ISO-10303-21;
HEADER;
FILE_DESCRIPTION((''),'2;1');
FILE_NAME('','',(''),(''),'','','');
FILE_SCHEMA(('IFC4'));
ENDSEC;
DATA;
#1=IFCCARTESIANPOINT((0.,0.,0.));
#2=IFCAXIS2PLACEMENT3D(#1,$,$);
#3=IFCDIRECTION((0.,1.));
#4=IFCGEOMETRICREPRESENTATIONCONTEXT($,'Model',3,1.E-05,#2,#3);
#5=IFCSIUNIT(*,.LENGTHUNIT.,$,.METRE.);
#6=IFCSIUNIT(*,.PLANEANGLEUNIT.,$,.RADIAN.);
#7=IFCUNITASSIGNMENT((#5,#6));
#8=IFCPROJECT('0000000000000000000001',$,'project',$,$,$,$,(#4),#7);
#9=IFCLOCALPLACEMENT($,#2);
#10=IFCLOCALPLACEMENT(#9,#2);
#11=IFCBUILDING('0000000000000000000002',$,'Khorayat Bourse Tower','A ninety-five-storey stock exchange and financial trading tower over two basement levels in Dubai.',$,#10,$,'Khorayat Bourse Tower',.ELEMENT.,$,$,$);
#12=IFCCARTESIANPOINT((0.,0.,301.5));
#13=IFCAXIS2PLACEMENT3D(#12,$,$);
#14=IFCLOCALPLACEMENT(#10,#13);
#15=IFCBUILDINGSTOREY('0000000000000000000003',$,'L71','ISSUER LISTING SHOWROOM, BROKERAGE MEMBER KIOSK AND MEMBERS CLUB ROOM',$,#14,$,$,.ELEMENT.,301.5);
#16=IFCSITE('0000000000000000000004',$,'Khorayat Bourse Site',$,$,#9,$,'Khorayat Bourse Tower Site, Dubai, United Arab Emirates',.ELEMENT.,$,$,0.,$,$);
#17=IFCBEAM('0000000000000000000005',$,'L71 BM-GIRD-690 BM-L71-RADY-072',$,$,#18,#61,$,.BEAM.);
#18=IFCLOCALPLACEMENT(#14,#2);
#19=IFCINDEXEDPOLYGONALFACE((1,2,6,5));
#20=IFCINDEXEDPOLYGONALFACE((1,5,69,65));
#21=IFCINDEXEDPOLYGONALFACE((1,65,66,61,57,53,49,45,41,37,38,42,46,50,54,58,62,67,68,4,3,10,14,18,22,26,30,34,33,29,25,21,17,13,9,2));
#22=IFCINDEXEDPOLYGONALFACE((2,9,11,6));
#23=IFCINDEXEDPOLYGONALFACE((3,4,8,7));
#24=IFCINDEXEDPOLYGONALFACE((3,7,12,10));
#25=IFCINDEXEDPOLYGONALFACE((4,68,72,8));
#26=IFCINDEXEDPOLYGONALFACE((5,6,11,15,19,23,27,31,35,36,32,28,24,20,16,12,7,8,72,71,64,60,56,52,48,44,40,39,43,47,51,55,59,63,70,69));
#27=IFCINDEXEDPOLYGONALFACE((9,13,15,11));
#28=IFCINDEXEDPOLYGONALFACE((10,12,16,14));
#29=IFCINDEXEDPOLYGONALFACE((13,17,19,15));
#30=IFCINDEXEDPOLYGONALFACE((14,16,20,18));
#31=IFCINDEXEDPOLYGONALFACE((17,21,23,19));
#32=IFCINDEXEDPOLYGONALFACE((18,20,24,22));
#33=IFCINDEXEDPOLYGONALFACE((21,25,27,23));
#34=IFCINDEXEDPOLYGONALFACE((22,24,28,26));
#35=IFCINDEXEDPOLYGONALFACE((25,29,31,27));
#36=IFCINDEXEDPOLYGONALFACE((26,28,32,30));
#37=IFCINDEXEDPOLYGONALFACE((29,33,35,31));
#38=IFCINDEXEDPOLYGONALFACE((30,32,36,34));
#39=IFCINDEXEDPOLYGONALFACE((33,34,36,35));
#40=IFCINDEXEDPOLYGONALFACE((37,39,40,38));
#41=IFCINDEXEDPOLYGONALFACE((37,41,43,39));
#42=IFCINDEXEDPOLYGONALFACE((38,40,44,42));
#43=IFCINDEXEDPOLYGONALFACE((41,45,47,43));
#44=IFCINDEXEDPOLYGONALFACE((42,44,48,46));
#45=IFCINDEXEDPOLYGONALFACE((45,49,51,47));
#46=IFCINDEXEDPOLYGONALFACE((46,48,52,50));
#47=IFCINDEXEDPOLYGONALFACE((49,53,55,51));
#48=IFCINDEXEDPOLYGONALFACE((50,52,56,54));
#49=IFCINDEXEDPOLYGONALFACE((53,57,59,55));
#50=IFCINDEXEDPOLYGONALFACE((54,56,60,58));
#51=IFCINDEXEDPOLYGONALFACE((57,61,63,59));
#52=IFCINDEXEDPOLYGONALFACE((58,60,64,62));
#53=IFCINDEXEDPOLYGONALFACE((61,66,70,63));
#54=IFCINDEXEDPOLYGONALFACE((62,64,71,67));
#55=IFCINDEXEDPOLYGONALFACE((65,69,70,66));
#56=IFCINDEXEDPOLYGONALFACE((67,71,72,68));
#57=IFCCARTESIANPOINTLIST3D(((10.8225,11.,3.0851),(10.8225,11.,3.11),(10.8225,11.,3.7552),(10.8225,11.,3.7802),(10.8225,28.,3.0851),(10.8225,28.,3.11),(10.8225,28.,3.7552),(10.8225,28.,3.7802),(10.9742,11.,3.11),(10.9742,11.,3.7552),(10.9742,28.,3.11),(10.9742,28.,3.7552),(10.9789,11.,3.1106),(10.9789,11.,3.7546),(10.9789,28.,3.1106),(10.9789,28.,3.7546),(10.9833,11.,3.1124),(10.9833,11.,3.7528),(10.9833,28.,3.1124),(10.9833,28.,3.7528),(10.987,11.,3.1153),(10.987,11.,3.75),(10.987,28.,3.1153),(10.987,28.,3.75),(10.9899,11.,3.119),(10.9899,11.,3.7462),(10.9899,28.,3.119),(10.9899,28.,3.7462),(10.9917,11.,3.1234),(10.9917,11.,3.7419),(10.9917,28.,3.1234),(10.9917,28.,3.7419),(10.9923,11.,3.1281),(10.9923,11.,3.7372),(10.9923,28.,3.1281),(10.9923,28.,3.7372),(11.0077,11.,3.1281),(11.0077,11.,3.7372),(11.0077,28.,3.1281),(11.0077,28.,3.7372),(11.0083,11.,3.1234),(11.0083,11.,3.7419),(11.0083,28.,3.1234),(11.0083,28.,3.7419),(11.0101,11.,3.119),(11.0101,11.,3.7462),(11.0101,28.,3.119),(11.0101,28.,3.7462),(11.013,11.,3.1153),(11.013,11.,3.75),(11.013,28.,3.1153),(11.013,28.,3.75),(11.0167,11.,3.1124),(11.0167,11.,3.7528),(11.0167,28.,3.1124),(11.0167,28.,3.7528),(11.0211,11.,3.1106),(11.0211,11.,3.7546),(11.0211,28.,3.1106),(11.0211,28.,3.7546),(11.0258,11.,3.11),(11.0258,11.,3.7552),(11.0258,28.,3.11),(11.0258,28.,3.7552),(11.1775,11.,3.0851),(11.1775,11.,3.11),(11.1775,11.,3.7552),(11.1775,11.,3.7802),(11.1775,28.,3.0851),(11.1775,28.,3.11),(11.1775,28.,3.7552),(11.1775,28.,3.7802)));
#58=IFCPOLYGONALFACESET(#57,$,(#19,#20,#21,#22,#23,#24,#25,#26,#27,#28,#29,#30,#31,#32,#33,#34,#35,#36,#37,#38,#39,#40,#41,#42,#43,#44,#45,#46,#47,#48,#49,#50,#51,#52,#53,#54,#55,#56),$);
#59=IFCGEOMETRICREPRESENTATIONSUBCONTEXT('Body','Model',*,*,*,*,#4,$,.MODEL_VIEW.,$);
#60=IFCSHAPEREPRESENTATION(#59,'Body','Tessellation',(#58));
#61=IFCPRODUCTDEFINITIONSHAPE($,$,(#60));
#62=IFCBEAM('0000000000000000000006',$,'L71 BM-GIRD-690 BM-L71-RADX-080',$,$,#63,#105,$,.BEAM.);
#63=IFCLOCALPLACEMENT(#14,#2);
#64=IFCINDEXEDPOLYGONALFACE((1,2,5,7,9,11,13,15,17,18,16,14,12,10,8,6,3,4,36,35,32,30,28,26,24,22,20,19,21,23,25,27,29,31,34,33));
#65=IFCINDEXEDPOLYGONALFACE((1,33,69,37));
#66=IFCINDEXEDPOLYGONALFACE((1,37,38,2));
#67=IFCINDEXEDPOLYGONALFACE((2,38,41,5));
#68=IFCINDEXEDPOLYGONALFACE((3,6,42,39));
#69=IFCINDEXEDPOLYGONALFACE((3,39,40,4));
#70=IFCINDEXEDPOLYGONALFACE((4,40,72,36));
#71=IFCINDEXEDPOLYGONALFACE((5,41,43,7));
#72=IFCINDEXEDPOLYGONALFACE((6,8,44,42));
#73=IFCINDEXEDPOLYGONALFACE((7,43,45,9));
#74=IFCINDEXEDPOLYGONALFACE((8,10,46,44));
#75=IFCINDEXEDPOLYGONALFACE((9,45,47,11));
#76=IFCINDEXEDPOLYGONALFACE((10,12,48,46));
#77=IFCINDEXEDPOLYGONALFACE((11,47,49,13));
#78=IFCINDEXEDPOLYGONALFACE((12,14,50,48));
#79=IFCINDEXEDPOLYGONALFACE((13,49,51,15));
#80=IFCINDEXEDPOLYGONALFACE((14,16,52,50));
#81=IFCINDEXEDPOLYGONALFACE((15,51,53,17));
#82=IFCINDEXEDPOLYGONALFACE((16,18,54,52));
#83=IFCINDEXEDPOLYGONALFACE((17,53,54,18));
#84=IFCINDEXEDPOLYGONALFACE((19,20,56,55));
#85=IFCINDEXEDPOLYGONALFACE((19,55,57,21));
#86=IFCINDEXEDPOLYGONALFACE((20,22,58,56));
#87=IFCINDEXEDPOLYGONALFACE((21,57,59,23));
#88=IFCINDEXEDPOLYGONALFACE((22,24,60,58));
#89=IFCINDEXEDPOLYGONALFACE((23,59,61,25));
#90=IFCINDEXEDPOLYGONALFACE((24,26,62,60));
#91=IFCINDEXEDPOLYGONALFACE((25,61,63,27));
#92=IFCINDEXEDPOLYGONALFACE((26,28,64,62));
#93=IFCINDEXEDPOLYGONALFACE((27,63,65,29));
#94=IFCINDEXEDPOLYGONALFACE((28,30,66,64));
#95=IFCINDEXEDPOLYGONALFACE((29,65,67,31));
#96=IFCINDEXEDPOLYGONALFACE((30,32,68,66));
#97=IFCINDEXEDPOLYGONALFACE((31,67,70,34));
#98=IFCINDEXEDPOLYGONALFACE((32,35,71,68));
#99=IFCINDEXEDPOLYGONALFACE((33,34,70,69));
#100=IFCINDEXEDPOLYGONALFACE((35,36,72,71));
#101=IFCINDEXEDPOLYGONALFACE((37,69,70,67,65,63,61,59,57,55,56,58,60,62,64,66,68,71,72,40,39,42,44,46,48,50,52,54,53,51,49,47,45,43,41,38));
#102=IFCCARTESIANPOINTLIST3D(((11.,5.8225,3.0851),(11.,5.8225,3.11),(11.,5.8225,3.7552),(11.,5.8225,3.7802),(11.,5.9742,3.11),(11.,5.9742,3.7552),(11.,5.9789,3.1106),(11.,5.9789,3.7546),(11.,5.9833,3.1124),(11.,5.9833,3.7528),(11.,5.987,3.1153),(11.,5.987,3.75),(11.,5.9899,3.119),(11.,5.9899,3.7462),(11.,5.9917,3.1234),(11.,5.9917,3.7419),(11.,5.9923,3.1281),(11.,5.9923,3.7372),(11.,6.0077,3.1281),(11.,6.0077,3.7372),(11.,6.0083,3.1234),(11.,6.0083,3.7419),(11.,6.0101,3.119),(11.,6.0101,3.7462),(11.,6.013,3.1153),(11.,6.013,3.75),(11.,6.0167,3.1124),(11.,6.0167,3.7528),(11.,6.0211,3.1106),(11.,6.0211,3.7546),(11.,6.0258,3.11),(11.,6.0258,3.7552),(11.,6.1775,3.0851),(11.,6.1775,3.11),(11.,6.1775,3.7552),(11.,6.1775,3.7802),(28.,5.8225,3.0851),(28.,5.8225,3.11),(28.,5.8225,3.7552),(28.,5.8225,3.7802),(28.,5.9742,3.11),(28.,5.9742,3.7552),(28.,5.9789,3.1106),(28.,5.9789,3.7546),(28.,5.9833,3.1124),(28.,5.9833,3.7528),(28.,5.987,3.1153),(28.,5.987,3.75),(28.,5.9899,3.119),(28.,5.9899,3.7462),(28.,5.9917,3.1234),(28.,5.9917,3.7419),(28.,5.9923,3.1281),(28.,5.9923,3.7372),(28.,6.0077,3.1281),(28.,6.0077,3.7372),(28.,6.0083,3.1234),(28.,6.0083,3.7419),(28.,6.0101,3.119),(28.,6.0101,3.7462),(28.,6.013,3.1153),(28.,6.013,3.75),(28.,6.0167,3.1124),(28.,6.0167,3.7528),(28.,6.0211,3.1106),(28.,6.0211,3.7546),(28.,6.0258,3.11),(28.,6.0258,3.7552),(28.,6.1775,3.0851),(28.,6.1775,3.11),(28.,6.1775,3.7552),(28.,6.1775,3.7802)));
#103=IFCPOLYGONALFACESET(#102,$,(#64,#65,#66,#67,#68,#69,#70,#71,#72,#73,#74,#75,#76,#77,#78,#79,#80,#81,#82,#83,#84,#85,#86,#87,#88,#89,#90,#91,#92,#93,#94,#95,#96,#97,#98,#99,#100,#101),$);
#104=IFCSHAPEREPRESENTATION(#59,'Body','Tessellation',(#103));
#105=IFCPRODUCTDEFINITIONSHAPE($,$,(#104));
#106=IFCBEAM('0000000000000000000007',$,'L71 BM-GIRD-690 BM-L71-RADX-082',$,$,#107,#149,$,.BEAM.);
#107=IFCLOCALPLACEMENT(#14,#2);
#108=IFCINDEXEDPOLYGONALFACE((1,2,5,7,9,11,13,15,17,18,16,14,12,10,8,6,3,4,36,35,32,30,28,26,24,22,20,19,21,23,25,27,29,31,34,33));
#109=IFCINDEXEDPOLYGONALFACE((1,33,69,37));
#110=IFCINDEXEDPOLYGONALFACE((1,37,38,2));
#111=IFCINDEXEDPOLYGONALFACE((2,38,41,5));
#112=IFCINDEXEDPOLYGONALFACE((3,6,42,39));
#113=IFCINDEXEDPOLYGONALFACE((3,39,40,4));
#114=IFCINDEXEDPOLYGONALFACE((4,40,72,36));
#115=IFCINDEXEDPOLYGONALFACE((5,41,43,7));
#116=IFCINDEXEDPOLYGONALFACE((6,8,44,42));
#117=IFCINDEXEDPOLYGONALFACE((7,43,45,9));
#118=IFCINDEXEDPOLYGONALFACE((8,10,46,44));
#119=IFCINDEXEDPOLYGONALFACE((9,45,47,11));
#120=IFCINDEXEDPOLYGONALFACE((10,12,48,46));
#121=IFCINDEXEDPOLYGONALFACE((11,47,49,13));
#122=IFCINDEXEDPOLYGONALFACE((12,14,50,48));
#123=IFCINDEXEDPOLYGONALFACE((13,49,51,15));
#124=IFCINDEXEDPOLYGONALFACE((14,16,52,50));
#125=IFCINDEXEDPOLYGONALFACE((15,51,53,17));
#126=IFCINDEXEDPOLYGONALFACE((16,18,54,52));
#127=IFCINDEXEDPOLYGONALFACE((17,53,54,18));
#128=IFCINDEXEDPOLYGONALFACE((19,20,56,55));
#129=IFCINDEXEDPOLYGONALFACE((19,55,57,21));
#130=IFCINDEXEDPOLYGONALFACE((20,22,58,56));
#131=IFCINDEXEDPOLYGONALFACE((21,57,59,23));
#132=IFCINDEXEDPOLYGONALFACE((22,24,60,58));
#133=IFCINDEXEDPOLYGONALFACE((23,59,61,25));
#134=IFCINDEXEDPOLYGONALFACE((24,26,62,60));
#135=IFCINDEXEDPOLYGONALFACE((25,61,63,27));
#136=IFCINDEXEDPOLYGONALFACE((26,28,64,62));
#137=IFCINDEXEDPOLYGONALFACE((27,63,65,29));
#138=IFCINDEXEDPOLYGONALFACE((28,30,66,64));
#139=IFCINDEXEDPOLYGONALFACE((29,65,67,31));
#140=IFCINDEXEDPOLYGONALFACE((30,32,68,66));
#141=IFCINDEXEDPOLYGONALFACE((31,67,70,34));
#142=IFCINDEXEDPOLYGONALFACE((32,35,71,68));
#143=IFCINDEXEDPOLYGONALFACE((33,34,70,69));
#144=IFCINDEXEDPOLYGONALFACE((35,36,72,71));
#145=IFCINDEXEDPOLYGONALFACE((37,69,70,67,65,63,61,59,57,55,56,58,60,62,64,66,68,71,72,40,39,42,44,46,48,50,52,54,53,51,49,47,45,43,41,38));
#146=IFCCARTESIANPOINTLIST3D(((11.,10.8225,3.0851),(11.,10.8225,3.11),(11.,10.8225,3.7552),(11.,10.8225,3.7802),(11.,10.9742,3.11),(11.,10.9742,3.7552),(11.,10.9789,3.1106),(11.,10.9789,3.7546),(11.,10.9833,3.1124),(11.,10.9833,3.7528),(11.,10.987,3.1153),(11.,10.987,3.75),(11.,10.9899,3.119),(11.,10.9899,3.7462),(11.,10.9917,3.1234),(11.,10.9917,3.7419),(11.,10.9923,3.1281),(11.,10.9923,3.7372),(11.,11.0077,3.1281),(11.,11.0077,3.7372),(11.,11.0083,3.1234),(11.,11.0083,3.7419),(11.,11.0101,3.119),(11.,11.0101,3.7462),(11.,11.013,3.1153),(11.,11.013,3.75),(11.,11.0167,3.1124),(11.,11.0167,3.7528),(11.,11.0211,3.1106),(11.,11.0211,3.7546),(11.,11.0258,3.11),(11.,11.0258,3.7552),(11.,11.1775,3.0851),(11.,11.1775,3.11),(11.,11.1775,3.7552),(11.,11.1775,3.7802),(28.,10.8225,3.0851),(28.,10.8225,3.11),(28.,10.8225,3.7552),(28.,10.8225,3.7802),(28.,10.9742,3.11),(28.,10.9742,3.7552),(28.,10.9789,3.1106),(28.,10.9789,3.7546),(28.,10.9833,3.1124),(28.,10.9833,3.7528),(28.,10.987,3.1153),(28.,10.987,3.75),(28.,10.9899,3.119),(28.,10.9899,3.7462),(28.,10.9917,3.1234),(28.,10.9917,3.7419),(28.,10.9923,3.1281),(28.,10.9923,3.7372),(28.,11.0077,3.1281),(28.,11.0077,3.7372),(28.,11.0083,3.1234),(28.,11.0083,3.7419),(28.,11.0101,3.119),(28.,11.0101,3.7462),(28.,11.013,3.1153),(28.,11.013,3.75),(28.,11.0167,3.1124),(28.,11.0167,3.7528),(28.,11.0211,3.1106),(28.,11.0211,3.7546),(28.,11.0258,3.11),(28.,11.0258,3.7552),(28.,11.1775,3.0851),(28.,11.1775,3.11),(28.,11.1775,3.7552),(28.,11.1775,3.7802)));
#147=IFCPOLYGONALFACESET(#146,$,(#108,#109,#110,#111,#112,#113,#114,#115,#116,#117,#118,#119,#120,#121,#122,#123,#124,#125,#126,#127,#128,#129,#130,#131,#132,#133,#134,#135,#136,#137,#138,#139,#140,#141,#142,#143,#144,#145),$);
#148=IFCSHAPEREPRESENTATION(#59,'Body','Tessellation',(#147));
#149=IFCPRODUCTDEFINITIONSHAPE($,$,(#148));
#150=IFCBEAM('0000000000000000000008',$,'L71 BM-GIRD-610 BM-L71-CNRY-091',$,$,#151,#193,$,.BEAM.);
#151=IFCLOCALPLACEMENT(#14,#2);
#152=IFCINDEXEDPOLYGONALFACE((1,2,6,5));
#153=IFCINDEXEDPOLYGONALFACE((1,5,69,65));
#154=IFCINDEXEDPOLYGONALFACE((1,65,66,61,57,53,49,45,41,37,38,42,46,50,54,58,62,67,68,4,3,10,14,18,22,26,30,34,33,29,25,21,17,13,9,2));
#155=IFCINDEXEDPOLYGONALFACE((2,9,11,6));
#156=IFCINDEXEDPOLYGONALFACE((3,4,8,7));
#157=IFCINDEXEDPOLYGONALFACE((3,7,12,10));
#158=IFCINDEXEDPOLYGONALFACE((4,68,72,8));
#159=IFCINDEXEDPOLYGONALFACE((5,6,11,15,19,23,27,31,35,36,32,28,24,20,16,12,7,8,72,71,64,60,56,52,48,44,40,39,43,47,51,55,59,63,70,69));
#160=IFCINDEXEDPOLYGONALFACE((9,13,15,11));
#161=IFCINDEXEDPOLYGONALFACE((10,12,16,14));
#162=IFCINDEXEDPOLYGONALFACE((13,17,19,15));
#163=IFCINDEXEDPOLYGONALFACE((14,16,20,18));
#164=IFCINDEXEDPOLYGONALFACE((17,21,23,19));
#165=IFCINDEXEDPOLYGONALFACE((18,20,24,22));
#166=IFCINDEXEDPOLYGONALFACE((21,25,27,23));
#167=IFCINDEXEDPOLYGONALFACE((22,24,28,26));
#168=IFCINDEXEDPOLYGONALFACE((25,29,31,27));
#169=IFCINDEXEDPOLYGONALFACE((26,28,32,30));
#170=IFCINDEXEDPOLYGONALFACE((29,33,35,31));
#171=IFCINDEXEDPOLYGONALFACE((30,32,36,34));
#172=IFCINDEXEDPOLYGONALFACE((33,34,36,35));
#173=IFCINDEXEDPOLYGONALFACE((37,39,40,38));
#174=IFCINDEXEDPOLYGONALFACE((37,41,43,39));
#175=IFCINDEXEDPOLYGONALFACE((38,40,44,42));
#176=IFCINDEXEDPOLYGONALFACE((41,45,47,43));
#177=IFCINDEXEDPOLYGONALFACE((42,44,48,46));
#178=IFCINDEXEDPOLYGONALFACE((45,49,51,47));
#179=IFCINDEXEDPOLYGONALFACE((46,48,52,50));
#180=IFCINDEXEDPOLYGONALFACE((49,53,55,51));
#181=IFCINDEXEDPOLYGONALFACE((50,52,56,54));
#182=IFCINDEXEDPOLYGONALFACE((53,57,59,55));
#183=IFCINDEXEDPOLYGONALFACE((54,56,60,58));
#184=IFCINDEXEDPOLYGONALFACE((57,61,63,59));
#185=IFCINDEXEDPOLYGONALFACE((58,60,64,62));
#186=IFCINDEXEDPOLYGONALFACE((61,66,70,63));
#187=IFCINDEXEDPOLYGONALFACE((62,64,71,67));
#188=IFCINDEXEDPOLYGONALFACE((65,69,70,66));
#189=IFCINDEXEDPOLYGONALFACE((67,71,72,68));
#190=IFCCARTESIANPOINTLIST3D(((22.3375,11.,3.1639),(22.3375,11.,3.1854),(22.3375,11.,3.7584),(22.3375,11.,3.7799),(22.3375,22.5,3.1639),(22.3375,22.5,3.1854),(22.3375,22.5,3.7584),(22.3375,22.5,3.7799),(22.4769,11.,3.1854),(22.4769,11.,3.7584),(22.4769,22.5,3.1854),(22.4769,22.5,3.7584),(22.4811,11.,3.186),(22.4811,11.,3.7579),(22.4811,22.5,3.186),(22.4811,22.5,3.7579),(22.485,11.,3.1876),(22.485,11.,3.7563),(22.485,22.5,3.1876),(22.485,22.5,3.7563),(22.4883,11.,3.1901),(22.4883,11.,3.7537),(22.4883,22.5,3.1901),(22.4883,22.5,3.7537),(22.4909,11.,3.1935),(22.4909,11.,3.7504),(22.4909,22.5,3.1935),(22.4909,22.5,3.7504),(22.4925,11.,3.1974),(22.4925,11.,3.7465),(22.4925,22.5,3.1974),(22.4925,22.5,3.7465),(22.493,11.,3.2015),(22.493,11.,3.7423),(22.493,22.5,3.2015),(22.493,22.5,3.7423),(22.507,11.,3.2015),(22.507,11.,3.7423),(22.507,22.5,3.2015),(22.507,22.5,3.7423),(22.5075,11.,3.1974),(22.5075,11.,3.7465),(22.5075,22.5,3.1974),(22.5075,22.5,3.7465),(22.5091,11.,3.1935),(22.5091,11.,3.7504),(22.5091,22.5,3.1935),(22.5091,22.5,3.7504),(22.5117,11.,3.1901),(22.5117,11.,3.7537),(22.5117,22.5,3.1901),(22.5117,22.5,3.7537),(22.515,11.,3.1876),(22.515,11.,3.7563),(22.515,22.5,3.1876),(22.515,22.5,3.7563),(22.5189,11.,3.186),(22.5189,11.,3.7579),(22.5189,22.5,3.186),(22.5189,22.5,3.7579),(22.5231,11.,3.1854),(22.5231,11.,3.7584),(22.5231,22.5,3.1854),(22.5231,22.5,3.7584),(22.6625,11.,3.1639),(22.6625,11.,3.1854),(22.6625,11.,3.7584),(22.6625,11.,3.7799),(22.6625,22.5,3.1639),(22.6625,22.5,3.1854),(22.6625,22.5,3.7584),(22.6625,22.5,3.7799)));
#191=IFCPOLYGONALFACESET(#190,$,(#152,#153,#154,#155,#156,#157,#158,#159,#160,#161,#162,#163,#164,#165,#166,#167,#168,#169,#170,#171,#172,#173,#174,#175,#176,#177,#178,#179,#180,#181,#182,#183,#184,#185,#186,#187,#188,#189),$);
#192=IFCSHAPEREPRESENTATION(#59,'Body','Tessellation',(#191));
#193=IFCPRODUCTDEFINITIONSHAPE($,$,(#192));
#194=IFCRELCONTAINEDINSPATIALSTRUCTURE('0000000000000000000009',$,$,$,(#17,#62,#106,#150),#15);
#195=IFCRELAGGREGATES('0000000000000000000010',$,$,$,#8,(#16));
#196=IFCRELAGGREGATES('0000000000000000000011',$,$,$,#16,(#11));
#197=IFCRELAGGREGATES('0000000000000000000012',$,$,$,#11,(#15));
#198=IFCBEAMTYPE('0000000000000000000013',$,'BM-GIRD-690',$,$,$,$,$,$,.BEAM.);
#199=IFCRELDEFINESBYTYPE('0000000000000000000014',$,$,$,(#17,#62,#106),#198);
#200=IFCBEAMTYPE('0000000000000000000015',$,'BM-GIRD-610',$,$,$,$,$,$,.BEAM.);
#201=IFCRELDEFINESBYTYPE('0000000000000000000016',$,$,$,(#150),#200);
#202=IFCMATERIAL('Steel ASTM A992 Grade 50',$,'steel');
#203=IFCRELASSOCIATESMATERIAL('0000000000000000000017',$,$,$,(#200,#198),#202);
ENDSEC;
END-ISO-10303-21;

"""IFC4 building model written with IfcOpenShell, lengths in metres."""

from ifc_helpers import new_model, si_unit, direction, frame, origin, origin_2d, place, context, subcontext, project, spatial, i_section, extrude, source, transform, mapped, material, material_profile, profile_set, type_object, element, save


model = new_model("IFC4")

# Units and contexts
model_context = context("Model", 3, precision=1e-05, world=origin(), true_north=direction((0.0, 1.0)))
body_context = subcontext(model_context, "Body", "Model", "MODEL_VIEW")
ifc_project = project(units=[si_unit("LENGTHUNIT", "METRE"), si_unit("PLANEANGLEUNIT", "RADIAN")], contexts=[model_context])

# Site, building, storey
site_placement = place(None, origin())
site = spatial("IfcSite", under=ifc_project, at=site_placement, Name="Khorayat Bourse Site", LongName="Khorayat Bourse Tower Site, Dubai, United Arab Emirates", CompositionType="ELEMENT", RefElevation=0.0)
building_placement = place(site_placement, origin())
building = spatial("IfcBuilding", under=site, at=building_placement, Name="Khorayat Bourse Tower", Description="A ninety-five-storey stock exchange and financial trading tower over two basement levels in Dubai.", LongName="Khorayat Bourse Tower", CompositionType="ELEMENT")
storey_placement = place(building_placement, frame((0.0, 0.0, 301.5)))
storey = spatial("IfcBuildingStorey", under=building, at=storey_placement, Name="L71", Description="ISSUER LISTING SHOWROOM, BROKERAGE MEMBER KIOSK AND MEMBERS CLUB ROOM", CompositionType="ELEMENT", Elevation=301.5)

# Shared definitions
ifc_material_1 = material(Name="Steel ASTM A992 Grade 50", Category="steel")
ifc_material_profile_1 = material_profile(ifc_material_1, i_section(OverallWidth=0.325, OverallDepth=0.616, WebThickness=0.0139, FlangeThickness=0.0215, FilletRadius=0.0161, at=origin_2d()), Name="W610X174")
ifc_profile_set_1 = profile_set([ifc_material_profile_1], Name="Steel ASTM A992 Grade 50")
beam_type_1 = type_object("IfcBeamType", Name="BM-GIRD-610", PredefinedType="BEAM", material=ifc_profile_set_1)

# Beams
ifc_material_profile_2 = material_profile(ifc_material_1, i_section(OverallWidth=0.355, OverallDepth=0.6951, WebThickness=0.0154, FlangeThickness=0.0249, FilletRadius=0.0181, at=origin_2d()), Name="W690X217")
ifc_profile_set_2 = profile_set([ifc_material_profile_2], Name="Steel ASTM A992 Grade 50")
beam_type_2 = type_object("IfcBeamType", Name="BM-GIRD-690", PredefinedType="BEAM", material=ifc_profile_set_2)
shared_shape_1 = source(origin(), body_context, "Body", "SweptSolid", [
    extrude(i_section(OverallWidth=0.355, OverallDepth=0.6951, WebThickness=0.0154, FlangeThickness=0.0249, FilletRadius=0.0181, at=origin_2d()), origin(), (0.0, 0.0, 1.0), 17.0),
])
for number, where, z_axis, x_axis, name in (
    (1, (11.0, 11.0, 3.4326), (0.0, 1.0, 0.0), (-1.0, 0.0, 0.0), "L71 BM-GIRD-690 BM-L71-RADY-072"),
    (2, (11.0, 6.0, 3.4326), (1.0, 0.0, 0.0), (0.0, 1.0, 0.0), "L71 BM-GIRD-690 BM-L71-RADX-080"),
    (3, (11.0, 11.0, 3.4326), (1.0, 0.0, 0.0), (0.0, 1.0, 0.0), "L71 BM-GIRD-690 BM-L71-RADX-082"),
):
    element("IfcBeam", number, at=place(storey_placement, frame(where, z_axis=z_axis, x_axis=x_axis)), inside=storey, type_object=beam_type_2, Name=name, PredefinedType="BEAM", context=body_context, shape_type="MappedRepresentation", body=[
        mapped(shared_shape_1, transform((0.0, 0.0, 0.0), scale=1.0)),
    ])
shared_shape_2 = source(origin(), body_context, "Body", "SweptSolid", [
    extrude(i_section(OverallWidth=0.325, OverallDepth=0.616, WebThickness=0.0139, FlangeThickness=0.0215, FilletRadius=0.0161, at=origin_2d()), origin(), (0.0, 0.0, 1.0), 11.5),
])
beam_1_placement = place(storey_placement, frame((22.5, 11.0, 3.4719), z_axis=(0.0, 1.0, 0.0), x_axis=(-1.0, 0.0, 0.0)))
element("IfcBeam", 4, at=beam_1_placement, inside=storey, type_object=beam_type_1, Name="L71 BM-GIRD-610 BM-L71-CNRY-091", PredefinedType="BEAM", context=body_context, shape_type="MappedRepresentation", body=[
    mapped(shared_shape_2, transform((0.0, 0.0, 0.0), scale=1.0)),
])

save(model, "model.ifc")
